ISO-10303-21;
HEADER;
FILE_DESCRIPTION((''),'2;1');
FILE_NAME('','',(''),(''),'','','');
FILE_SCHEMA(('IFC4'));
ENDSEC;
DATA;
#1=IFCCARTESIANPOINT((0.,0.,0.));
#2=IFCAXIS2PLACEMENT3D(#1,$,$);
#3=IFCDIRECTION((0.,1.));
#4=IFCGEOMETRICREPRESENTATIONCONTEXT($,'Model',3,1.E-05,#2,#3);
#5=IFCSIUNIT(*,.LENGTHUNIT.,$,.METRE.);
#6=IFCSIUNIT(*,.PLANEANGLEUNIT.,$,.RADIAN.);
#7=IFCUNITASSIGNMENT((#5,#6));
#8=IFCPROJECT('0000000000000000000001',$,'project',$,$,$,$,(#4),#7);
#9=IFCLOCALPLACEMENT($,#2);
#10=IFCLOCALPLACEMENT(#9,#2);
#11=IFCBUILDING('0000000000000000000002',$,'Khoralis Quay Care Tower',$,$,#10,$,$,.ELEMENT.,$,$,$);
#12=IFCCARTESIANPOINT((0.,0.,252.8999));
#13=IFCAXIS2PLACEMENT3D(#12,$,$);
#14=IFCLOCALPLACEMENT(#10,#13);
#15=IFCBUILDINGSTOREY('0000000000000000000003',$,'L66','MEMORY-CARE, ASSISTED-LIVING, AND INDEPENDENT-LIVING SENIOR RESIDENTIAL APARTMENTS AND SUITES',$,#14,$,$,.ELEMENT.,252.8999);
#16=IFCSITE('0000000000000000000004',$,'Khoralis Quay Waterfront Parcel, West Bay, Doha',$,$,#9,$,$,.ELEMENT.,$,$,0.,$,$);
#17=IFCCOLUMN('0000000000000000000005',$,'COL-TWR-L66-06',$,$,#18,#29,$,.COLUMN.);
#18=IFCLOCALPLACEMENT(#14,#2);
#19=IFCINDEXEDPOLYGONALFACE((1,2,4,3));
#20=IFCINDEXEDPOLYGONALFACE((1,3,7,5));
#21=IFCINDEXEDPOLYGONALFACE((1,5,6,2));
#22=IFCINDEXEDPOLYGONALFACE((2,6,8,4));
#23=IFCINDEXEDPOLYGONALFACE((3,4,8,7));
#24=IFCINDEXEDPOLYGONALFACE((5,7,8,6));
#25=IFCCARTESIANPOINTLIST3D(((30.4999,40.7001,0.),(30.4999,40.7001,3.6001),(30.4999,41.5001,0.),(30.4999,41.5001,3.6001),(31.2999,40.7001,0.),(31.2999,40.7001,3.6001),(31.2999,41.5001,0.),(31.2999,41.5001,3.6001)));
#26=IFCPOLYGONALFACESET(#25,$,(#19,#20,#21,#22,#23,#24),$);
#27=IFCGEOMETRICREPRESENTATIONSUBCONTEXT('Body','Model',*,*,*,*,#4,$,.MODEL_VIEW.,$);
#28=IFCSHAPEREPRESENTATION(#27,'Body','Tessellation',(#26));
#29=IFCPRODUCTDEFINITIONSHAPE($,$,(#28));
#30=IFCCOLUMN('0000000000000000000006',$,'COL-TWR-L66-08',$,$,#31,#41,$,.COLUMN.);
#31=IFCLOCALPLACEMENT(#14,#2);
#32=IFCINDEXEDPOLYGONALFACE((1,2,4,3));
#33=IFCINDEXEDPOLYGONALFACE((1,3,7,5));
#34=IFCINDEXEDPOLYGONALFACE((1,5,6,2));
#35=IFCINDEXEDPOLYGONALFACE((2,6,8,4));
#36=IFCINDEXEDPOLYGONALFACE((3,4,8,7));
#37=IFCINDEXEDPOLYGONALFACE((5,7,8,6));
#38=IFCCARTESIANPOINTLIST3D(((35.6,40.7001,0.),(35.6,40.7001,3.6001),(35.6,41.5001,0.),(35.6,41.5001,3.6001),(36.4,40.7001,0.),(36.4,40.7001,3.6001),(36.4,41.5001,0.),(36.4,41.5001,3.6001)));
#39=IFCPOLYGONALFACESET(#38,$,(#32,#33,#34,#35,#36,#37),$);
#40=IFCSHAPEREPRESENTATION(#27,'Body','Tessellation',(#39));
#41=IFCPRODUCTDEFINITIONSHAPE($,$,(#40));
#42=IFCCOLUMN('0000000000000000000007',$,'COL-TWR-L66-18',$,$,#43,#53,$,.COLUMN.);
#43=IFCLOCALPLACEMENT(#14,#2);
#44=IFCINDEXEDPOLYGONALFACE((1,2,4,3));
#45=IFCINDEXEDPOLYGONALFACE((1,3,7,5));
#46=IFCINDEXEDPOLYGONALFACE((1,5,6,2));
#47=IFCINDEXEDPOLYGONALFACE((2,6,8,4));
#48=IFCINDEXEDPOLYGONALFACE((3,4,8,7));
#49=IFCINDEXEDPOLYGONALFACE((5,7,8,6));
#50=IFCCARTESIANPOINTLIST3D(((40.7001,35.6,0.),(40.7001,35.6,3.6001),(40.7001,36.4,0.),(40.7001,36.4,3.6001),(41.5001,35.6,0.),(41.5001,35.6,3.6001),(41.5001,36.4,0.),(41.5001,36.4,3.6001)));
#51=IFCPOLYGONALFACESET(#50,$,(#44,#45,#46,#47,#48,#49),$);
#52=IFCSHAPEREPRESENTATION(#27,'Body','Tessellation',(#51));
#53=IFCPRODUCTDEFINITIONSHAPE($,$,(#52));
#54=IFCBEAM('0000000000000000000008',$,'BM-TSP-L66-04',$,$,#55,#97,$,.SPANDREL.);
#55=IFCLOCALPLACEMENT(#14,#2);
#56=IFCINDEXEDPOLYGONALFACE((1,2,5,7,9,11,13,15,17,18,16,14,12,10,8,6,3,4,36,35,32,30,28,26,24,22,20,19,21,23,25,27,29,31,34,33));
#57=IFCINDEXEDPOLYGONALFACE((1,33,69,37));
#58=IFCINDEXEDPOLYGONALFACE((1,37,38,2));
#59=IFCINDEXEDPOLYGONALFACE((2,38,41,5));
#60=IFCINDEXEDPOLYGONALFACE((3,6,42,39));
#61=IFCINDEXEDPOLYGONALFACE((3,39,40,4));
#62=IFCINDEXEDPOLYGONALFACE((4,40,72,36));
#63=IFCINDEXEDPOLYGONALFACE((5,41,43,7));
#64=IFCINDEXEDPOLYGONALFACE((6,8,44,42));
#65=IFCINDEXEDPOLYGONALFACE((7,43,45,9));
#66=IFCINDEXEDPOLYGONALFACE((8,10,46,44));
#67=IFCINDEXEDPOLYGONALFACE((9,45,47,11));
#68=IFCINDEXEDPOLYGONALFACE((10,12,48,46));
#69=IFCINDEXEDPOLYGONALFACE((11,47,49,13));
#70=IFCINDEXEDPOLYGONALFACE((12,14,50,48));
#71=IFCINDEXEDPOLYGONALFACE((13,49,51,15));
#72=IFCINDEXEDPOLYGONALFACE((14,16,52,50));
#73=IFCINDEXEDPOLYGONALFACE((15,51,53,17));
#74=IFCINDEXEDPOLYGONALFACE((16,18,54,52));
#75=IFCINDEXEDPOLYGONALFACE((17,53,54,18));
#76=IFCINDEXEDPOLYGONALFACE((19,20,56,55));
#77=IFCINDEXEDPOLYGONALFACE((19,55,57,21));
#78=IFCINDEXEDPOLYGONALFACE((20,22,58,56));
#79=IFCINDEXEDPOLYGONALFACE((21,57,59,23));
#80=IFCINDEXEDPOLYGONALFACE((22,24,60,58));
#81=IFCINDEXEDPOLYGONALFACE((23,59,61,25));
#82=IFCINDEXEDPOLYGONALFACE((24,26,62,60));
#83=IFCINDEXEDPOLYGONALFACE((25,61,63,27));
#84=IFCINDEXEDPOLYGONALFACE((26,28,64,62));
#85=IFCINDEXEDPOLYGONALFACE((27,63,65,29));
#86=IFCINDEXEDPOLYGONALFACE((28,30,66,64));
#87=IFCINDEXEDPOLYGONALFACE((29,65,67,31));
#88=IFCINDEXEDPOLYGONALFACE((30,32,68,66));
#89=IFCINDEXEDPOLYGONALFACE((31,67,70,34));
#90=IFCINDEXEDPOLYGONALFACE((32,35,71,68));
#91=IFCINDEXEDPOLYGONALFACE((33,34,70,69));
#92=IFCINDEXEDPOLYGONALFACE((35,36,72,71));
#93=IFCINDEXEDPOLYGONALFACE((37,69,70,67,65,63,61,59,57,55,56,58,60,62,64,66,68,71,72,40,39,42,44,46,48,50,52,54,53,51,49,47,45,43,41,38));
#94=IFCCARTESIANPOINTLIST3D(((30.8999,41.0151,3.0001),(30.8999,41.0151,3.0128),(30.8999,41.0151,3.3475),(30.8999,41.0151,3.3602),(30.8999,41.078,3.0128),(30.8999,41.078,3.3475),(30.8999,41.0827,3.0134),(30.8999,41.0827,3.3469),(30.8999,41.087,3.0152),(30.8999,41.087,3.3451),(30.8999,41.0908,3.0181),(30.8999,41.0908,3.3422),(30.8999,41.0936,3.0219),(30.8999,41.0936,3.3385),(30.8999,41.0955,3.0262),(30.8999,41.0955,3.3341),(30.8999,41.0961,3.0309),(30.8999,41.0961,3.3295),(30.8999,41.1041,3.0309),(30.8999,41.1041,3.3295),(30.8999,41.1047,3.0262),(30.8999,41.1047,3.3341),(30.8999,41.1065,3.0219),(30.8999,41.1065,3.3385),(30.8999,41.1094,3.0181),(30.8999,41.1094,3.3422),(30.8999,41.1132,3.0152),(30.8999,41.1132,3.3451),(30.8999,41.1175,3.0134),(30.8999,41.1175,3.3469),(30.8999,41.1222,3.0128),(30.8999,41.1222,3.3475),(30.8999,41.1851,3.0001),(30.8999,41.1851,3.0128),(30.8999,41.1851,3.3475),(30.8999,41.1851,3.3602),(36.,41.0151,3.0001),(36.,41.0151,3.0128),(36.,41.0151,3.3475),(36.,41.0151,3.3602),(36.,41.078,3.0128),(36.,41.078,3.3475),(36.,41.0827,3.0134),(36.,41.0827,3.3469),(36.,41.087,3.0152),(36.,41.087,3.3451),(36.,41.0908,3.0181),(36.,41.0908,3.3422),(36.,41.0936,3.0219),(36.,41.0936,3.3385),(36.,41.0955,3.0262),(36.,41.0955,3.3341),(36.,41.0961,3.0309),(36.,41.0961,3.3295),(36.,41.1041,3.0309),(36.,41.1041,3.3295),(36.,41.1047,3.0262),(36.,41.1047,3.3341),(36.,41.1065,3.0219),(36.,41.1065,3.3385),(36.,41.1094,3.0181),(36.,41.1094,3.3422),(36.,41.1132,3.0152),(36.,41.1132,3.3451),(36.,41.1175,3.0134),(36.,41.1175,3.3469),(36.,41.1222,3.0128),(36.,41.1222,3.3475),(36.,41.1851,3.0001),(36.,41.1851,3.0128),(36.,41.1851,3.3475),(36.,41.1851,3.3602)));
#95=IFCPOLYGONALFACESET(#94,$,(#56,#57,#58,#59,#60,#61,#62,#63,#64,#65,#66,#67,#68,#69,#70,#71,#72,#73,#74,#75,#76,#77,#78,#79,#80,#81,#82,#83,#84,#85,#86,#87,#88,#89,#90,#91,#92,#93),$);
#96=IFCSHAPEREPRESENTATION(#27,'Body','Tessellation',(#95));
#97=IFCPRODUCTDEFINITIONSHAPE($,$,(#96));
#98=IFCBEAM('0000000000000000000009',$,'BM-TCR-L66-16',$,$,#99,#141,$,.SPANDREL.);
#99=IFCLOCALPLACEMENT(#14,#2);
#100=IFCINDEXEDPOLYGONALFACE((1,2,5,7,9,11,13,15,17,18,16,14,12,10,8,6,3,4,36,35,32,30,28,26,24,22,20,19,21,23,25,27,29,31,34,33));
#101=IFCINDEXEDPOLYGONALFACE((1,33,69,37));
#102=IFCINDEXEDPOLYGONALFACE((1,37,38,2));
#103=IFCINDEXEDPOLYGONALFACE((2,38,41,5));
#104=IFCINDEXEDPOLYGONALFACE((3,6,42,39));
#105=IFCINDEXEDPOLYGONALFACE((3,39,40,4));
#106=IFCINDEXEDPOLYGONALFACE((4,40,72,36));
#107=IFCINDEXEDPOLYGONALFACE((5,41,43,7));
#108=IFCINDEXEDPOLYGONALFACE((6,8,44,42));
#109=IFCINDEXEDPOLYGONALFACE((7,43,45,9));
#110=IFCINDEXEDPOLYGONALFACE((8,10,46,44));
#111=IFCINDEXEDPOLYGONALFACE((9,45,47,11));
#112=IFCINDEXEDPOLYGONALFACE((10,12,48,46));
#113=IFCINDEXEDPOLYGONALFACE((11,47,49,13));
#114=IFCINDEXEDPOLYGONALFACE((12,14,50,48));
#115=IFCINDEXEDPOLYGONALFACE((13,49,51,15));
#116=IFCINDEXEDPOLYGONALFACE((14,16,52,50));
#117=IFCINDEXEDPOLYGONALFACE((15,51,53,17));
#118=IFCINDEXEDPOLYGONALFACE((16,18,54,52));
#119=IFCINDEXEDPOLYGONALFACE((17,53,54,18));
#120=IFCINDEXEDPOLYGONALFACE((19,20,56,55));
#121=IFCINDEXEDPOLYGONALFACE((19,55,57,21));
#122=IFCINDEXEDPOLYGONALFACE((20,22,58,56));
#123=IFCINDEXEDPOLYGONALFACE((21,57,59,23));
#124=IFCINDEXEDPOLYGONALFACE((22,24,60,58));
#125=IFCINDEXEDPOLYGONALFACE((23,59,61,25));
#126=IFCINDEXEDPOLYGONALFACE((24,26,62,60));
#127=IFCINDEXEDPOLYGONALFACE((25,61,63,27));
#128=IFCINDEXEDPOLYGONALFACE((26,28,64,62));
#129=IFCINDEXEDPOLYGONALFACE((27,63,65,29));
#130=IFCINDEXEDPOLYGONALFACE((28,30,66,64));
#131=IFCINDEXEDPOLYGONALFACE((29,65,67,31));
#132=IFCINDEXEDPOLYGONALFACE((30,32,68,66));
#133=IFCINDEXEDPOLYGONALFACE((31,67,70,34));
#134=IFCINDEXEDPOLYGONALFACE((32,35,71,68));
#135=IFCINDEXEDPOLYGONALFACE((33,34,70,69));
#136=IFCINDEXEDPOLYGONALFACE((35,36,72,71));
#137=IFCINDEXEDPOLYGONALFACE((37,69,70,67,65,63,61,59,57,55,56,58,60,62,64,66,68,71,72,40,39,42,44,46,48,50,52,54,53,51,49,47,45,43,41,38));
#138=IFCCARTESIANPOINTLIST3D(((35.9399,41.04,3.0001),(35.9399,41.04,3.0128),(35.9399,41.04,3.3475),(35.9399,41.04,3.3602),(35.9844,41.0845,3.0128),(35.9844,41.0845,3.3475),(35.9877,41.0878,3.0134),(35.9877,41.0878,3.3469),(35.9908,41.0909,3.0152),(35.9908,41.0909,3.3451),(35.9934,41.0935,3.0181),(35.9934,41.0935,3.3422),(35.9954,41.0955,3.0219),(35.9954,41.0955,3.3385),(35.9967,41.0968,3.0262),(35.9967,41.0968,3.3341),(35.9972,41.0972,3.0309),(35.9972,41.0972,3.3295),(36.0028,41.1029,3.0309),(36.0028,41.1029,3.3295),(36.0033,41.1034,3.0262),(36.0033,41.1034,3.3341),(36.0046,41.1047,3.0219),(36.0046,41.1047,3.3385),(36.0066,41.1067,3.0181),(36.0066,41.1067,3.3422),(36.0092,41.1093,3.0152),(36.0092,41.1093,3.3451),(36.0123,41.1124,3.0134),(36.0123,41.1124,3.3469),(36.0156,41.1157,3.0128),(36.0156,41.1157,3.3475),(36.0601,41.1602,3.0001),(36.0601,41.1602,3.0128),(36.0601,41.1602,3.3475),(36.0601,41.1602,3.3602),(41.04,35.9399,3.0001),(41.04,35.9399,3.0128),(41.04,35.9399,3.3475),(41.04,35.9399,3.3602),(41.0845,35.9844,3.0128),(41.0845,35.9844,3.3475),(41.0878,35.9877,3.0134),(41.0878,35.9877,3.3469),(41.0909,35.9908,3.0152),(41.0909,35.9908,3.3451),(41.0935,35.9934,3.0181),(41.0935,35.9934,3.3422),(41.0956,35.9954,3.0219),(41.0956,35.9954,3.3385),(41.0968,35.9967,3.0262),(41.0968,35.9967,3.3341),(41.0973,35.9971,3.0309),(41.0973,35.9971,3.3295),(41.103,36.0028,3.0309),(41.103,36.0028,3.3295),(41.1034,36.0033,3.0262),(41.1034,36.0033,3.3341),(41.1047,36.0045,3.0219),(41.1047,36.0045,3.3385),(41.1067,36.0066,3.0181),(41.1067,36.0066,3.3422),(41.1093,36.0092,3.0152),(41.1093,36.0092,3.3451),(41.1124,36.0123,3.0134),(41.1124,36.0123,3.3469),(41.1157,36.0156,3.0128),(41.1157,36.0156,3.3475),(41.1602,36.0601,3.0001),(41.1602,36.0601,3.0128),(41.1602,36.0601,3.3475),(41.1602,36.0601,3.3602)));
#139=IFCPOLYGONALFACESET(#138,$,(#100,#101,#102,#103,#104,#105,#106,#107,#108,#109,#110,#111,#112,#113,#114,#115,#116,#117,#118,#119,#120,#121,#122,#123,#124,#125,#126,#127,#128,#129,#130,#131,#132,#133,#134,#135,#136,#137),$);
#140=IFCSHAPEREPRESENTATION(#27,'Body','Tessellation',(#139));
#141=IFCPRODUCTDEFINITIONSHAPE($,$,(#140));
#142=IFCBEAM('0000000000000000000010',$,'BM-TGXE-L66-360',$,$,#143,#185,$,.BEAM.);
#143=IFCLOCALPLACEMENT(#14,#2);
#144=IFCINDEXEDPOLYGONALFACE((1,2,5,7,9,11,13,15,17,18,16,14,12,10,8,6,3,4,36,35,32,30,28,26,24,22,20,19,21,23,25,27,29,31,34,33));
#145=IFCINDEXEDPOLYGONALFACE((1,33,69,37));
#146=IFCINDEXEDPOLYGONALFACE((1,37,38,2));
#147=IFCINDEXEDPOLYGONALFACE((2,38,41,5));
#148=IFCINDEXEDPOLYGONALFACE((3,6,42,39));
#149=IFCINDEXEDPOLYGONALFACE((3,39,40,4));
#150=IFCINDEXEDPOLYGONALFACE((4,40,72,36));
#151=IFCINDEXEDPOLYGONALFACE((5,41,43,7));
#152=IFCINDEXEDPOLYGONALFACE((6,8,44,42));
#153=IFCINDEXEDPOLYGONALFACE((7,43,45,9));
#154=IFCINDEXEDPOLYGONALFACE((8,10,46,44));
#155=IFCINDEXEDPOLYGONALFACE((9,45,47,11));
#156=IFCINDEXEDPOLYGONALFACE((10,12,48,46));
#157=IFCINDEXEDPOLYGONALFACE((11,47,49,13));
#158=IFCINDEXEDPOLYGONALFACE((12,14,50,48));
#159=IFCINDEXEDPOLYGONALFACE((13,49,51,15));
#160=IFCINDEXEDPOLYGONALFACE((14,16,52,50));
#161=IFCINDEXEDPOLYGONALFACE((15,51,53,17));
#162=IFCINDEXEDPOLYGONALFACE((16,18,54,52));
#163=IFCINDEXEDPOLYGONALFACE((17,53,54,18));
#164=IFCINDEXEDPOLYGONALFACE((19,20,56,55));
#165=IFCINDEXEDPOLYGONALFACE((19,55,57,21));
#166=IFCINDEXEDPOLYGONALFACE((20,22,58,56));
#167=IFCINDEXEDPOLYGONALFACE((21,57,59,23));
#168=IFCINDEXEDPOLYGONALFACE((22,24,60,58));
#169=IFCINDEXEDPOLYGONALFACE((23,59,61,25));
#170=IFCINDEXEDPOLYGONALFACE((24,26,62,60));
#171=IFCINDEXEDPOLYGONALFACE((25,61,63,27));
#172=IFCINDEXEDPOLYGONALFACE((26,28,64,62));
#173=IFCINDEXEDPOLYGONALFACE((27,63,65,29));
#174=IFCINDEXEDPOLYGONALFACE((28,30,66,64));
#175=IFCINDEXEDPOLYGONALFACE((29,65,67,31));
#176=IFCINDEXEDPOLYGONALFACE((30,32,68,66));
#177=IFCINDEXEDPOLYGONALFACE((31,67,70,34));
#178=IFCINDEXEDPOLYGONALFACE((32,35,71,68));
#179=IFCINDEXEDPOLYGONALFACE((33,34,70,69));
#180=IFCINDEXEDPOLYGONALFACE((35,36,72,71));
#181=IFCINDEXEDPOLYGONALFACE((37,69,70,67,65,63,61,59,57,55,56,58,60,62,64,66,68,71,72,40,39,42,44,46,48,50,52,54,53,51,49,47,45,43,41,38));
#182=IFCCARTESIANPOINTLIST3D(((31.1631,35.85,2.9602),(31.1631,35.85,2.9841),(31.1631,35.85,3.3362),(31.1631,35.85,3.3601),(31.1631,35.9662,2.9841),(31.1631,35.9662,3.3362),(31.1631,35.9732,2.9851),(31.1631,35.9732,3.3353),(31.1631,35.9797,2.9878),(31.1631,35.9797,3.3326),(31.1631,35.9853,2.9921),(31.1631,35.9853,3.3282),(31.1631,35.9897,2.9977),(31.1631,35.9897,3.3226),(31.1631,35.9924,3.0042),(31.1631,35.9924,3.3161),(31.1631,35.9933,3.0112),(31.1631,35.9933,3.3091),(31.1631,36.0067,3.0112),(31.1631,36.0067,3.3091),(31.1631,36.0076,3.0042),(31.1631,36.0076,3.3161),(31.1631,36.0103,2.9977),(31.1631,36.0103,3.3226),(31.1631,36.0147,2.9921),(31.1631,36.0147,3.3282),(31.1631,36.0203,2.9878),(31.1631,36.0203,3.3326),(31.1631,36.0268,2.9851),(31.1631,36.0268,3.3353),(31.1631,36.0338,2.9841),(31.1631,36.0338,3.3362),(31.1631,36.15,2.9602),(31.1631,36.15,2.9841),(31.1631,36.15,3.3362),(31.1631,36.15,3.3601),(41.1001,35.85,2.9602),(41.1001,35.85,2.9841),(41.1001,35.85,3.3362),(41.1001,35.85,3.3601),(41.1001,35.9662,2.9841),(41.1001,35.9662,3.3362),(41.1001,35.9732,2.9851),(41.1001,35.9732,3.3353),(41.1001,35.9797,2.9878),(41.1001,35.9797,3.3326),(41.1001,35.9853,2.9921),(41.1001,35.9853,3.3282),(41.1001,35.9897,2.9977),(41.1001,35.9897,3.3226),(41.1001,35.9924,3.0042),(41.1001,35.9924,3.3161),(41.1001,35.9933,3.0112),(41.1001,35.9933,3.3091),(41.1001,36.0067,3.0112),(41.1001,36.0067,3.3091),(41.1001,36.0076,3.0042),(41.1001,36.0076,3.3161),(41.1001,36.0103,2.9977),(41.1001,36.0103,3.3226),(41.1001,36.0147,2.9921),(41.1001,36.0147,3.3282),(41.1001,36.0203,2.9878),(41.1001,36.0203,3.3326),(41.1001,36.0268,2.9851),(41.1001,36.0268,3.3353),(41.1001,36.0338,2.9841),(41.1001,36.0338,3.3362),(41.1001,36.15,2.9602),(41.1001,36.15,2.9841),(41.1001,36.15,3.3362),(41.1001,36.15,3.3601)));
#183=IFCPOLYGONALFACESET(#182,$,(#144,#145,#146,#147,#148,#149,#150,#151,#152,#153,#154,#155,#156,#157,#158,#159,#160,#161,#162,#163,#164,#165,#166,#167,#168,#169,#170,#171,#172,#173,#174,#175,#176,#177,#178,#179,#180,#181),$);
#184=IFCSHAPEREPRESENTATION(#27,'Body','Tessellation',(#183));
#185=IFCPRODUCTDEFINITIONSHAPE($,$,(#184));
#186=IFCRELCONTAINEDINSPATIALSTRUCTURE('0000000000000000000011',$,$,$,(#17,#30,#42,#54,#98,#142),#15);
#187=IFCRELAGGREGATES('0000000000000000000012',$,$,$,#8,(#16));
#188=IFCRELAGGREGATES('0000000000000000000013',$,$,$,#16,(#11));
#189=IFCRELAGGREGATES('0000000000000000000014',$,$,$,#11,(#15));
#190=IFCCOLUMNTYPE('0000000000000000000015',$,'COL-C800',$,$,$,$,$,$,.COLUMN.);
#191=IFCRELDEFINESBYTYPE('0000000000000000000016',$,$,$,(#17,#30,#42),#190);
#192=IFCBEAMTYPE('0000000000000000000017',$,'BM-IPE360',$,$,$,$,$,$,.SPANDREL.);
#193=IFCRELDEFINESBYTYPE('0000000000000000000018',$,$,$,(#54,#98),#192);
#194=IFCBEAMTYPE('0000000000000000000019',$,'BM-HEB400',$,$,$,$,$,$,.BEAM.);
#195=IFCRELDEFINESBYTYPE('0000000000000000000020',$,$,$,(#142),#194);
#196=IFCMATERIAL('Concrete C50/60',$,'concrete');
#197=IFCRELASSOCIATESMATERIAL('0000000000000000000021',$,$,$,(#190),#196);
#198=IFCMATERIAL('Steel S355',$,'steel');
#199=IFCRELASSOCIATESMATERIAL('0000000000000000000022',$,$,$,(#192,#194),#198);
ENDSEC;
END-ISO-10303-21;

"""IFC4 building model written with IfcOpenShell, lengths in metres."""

from ifc_helpers import new_model, si_unit, direction, frame, origin, origin_2d, place, context, subcontext, project, spatial, rectangle, i_section, extrude, source, transform, mapped, material, material_profile, profile_set, type_object, element, save


model = new_model("IFC4")

# Units and contexts
model_context = context("Model", 3, precision=1e-05, world=origin(), true_north=direction((0.0, 1.0)))
body_context = subcontext(model_context, "Body", "Model", "MODEL_VIEW")
ifc_project = project(units=[si_unit("LENGTHUNIT", "METRE"), si_unit("PLANEANGLEUNIT", "RADIAN")], contexts=[model_context])

# Site, building, storey
site_placement = place(None, origin())
site = spatial("IfcSite", under=ifc_project, at=site_placement, Name="Khoralis Quay Waterfront Parcel, West Bay, Doha", CompositionType="ELEMENT", RefElevation=0.0)
building_placement = place(site_placement, origin())
building = spatial("IfcBuilding", under=site, at=building_placement, Name="Khoralis Quay Care Tower", CompositionType="ELEMENT")
storey_placement = place(building_placement, frame((0.0, 0.0, 252.8999)))
storey = spatial("IfcBuildingStorey", under=building, at=storey_placement, Name="L66", Description="MEMORY-CARE, ASSISTED-LIVING, AND INDEPENDENT-LIVING SENIOR RESIDENTIAL APARTMENTS AND SUITES", CompositionType="ELEMENT", Elevation=252.8999)

# Columns
ifc_material_1 = material(Name="Concrete C50/60", Category="concrete")
ifc_material_profile_1 = material_profile(ifc_material_1, rectangle(XDim=0.8, YDim=0.8, at=origin_2d()), Name="Concrete C50/60")
ifc_profile_set_1 = profile_set([ifc_material_profile_1], Name="Concrete C50/60")
column_type = type_object("IfcColumnType", Name="COL-C800", PredefinedType="COLUMN", material=ifc_profile_set_1)
shared_shape_1 = source(origin(), body_context, "Body", "SweptSolid", [
    extrude(rectangle(XDim=0.8, YDim=0.8, at=origin_2d()), origin(), (0.0, 0.0, 1.0), 3.6001),
])
for number, where, z_axis, x_axis, name in (
    (1, (30.8999, 41.1001, 0.0), (0.0, 0.0, 1.0), (1.0, 0.0, 0.0), "COL-TWR-L66-06"),
    (2, (36.0, 41.1001, 0.0), (0.0, 0.0, 1.0), (1.0, 0.0, 0.0), "COL-TWR-L66-08"),
    (3, (41.1001, 36.0, 0.0), (0.0, 0.0, 1.0), (1.0, 0.0, 0.0), "COL-TWR-L66-18"),
):
    element("IfcColumn", number, at=place(storey_placement, frame(where, z_axis=z_axis, x_axis=x_axis)), inside=storey, type_object=column_type, Name=name, PredefinedType="COLUMN", context=body_context, shape_type="MappedRepresentation", body=[
        mapped(shared_shape_1, transform((0.0, 0.0, 0.0), scale=1.0)),
    ])

# Beams
ifc_material_2 = material(Name="Steel S355", Category="steel")
ifc_material_profile_2 = material_profile(ifc_material_2, i_section(OverallWidth=0.1699, OverallDepth=0.3601, WebThickness=0.0081, FlangeThickness=0.0127, FilletRadius=0.0181, at=origin_2d()), Name="Steel S355")
ifc_profile_set_2 = profile_set([ifc_material_profile_2], Name="Steel S355")
beam_type_1 = type_object("IfcBeamType", Name="BM-IPE360", PredefinedType="SPANDREL", material=ifc_profile_set_2)
shared_shape_2 = source(origin(), body_context, "Body", "SweptSolid", [
    extrude(i_section(OverallWidth=0.1699, OverallDepth=0.3601, WebThickness=0.0081, FlangeThickness=0.0127, FilletRadius=0.0181, at=origin_2d()), origin(), (0.0, 0.0, 1.0), 5.1001),
])
beam_1_placement = place(storey_placement, frame((30.8999, 41.1001, 3.1802), z_axis=(1.0, 0.0, 0.0), x_axis=(0.0, 1.0, 0.0)))
element("IfcBeam", 4, at=beam_1_placement, inside=storey, type_object=beam_type_1, Name="BM-TSP-L66-04", PredefinedType="SPANDREL", context=body_context, shape_type="MappedRepresentation", body=[
    mapped(shared_shape_2, transform((0.0, 0.0, 0.0), scale=1.0)),
])
shared_shape_3 = source(origin(), body_context, "Body", "SweptSolid", [
    extrude(i_section(OverallWidth=0.1699, OverallDepth=0.3601, WebThickness=0.0081, FlangeThickness=0.0127, FilletRadius=0.0181, at=origin_2d()), origin(), (0.0, 0.0, 1.0), 7.2126),
])
beam_2_placement = place(storey_placement, frame((36.0, 41.1001, 3.1802), z_axis=(0.707107, -0.707107, 0.0), x_axis=(0.707107, 0.707107, 0.0)))
element("IfcBeam", 5, at=beam_2_placement, inside=storey, type_object=beam_type_1, Name="BM-TCR-L66-16", PredefinedType="SPANDREL", context=body_context, shape_type="MappedRepresentation", body=[
    mapped(shared_shape_3, transform((0.0, 0.0, 0.0), scale=1.0)),
])
ifc_material_profile_3 = material_profile(ifc_material_2, i_section(OverallWidth=0.3, OverallDepth=0.3999, WebThickness=0.0134, FlangeThickness=0.0239, FilletRadius=0.0271, at=origin_2d()), Name="Steel S355")
ifc_profile_set_3 = profile_set([ifc_material_profile_3], Name="Steel S355")
beam_type_2 = type_object("IfcBeamType", Name="BM-HEB400", PredefinedType="BEAM", material=ifc_profile_set_3)
shared_shape_4 = source(origin(), body_context, "Body", "SweptSolid", [
    extrude(i_section(OverallWidth=0.3, OverallDepth=0.3999, WebThickness=0.0134, FlangeThickness=0.0239, FilletRadius=0.0271, at=origin_2d()), origin(), (0.0, 0.0, 1.0), 9.937),
])
beam_3_placement = place(storey_placement, frame((31.1631, 36.0, 3.1602), z_axis=(1.0, 0.0, 0.0), x_axis=(0.0, 1.0, 0.0)))
element("IfcBeam", 6, at=beam_3_placement, inside=storey, type_object=beam_type_2, Name="BM-TGXE-L66-360", PredefinedType="BEAM", context=body_context, shape_type="MappedRepresentation", body=[
    mapped(shared_shape_4, transform((0.0, 0.0, 0.0), scale=1.0)),
])

save(model, "model.ifc")
